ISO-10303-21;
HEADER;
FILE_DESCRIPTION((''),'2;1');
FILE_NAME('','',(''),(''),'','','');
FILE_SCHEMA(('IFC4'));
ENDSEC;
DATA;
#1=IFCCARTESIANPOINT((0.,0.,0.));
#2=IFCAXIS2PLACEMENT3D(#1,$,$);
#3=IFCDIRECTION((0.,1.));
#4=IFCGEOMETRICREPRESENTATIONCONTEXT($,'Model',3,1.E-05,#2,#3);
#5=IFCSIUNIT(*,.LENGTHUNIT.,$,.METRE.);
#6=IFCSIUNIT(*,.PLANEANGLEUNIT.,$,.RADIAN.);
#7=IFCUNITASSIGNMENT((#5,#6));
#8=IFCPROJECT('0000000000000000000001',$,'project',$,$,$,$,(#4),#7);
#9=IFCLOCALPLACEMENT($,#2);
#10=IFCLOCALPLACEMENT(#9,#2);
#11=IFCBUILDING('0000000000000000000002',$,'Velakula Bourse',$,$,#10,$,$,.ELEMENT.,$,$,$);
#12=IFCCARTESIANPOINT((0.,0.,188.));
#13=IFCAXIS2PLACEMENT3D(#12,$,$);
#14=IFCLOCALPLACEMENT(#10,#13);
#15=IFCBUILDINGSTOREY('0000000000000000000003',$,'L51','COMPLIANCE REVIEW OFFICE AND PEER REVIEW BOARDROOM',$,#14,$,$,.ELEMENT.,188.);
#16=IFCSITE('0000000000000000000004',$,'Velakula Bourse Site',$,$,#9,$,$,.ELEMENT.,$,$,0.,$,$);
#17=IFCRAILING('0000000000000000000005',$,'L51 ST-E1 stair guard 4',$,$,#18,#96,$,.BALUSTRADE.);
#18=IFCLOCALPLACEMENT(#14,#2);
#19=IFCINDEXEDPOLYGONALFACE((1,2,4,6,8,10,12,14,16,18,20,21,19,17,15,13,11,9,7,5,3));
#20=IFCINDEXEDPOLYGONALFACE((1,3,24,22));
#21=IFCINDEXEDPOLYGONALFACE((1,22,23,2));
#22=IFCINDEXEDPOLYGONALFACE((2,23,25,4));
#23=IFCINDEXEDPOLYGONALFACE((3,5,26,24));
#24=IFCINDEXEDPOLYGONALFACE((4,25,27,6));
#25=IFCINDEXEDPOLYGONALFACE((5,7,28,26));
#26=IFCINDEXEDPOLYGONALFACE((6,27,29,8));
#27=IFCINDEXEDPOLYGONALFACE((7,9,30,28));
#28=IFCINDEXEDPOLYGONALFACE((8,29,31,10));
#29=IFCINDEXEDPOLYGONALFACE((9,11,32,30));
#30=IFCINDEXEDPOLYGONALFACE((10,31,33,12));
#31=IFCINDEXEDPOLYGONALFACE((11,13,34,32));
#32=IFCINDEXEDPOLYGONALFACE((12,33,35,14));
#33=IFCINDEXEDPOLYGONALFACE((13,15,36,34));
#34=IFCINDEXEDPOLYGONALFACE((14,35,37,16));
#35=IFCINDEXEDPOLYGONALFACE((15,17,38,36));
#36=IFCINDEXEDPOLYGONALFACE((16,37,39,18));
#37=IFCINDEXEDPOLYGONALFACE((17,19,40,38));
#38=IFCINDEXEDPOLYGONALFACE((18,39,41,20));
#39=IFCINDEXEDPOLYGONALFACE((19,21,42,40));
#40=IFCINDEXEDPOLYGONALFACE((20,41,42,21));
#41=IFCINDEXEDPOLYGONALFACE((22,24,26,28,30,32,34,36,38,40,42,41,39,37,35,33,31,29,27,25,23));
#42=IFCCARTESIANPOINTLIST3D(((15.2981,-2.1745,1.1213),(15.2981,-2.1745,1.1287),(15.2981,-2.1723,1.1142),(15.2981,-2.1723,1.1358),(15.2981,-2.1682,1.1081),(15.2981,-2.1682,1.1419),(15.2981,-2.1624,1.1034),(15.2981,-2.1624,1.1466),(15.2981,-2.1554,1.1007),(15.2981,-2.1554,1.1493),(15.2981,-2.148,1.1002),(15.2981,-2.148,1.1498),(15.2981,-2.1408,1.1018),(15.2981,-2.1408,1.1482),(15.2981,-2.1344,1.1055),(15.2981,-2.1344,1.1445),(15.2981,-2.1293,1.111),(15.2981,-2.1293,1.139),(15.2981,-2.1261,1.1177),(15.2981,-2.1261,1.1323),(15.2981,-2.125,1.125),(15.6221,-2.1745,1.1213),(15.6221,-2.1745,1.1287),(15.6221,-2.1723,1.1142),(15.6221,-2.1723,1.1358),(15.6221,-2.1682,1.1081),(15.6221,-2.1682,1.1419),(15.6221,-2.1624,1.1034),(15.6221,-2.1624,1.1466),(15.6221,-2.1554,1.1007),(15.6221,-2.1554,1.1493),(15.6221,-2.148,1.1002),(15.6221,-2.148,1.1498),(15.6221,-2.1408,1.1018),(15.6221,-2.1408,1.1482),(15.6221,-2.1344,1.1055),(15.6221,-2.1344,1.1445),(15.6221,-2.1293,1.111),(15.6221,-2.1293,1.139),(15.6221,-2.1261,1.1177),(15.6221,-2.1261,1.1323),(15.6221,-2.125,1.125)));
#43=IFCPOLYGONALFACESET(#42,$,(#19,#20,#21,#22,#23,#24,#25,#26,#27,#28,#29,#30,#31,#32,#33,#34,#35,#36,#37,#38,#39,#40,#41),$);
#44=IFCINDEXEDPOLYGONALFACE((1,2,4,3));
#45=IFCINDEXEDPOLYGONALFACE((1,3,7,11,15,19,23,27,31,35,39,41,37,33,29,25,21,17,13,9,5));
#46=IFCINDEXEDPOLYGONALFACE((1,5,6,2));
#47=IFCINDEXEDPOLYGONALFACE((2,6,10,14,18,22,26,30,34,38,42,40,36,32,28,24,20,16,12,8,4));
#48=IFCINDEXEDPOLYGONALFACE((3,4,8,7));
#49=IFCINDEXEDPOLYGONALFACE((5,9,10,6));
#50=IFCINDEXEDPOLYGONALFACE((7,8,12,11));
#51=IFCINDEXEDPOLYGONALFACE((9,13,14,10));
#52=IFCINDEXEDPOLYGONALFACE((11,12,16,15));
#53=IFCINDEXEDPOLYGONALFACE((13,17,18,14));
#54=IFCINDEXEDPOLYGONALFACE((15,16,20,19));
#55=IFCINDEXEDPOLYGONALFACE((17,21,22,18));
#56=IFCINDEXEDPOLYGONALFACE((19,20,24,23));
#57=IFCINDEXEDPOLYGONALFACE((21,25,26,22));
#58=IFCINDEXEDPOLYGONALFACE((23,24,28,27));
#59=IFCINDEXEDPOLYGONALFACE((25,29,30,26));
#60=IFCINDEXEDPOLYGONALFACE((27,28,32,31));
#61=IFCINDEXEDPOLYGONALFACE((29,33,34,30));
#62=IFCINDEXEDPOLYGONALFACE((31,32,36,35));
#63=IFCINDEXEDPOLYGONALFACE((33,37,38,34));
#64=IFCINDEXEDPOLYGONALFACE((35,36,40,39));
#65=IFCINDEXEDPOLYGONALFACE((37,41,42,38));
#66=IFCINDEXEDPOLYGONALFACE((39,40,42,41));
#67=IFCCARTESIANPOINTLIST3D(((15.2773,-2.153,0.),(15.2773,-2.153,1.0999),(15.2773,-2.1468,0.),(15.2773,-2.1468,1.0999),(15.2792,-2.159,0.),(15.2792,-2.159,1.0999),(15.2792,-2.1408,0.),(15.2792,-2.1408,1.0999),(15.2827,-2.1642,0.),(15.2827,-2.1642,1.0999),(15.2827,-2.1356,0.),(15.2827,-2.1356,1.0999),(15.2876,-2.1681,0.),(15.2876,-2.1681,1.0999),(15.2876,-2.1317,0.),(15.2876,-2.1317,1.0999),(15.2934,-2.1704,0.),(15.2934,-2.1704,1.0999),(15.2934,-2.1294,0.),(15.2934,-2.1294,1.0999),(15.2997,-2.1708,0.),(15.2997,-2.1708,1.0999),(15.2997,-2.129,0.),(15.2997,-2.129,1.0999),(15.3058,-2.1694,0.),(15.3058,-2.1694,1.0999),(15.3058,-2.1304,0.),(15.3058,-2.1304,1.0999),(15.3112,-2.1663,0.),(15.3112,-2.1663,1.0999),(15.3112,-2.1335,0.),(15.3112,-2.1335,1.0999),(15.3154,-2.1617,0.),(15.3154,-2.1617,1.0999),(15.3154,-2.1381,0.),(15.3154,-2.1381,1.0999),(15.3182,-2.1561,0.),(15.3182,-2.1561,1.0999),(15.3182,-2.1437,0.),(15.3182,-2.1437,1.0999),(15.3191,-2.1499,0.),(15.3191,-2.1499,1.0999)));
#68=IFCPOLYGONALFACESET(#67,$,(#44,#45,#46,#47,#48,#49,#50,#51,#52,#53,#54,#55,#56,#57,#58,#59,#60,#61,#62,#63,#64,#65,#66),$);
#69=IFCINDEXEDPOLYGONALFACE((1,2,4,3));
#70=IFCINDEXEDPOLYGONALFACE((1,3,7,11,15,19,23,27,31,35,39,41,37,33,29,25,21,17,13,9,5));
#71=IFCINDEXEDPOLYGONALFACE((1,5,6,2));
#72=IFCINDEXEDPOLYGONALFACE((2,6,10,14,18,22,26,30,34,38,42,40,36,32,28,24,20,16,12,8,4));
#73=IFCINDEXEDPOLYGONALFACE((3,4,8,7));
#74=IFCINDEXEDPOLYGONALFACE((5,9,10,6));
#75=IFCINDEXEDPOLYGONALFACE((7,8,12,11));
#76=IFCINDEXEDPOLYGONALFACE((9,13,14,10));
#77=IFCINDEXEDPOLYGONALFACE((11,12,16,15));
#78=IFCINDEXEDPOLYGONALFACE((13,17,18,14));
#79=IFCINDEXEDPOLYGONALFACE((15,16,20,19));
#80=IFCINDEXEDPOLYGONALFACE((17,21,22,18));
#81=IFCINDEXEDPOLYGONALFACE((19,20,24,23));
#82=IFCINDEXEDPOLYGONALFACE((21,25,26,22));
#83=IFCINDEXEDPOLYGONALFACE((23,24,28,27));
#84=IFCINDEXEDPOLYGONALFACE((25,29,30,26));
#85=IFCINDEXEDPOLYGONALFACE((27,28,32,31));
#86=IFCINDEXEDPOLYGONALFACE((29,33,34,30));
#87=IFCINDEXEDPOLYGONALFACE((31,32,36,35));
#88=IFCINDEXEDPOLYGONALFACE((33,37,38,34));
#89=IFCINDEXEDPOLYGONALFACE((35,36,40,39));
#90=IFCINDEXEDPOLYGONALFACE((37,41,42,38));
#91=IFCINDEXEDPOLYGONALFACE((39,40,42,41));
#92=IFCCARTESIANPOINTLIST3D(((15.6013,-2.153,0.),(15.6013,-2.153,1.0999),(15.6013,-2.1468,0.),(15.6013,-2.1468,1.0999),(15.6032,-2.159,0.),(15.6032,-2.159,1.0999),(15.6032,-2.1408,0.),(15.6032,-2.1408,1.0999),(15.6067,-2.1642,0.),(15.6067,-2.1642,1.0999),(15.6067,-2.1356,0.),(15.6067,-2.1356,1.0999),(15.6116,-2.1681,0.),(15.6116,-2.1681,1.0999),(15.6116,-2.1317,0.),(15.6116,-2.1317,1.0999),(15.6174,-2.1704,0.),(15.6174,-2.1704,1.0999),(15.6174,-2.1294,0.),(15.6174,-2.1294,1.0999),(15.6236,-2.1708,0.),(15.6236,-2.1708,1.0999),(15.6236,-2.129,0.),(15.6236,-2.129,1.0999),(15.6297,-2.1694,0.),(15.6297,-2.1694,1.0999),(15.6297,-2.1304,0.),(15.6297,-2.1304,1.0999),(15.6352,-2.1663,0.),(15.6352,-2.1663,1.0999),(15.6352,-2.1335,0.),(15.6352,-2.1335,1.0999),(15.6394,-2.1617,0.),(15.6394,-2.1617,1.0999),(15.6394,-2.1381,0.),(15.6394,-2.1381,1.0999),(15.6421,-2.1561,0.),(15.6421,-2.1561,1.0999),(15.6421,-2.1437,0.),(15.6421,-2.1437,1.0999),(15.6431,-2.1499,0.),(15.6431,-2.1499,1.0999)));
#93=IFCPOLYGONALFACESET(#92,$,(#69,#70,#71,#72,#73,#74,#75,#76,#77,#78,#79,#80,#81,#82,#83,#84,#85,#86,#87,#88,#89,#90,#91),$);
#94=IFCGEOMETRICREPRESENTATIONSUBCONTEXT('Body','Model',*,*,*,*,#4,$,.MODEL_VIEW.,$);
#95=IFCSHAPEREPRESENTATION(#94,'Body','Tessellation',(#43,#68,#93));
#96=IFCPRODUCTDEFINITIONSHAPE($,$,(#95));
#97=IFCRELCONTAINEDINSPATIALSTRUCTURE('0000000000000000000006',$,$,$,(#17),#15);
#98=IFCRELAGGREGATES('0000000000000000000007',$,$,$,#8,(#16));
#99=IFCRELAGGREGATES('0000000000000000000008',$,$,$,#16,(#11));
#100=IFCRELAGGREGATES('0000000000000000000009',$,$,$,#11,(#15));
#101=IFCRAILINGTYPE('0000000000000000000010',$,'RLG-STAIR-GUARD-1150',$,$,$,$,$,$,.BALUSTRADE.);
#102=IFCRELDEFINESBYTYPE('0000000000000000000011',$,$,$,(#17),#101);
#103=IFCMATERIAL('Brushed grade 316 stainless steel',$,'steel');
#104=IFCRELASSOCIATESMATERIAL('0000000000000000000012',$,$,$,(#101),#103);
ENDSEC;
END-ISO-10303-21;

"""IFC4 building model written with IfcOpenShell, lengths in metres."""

from ifc_helpers import new_model, si_unit, direction, frame, origin, origin_2d, place, context, subcontext, project, spatial, circle, extrude, material, type_object, element, save


model = new_model("IFC4")

# Units and contexts
model_context = context("Model", 3, precision=1e-05, world=origin(), true_north=direction((0.0, 1.0)))
body_context = subcontext(model_context, "Body", "Model", "MODEL_VIEW")
ifc_project = project(units=[si_unit("LENGTHUNIT", "METRE"), si_unit("PLANEANGLEUNIT", "RADIAN")], contexts=[model_context])

# Site, building, storey
site_placement = place(None, origin())
site = spatial("IfcSite", under=ifc_project, at=site_placement, Name="Velakula Bourse Site", CompositionType="ELEMENT", RefElevation=0.0)
building_placement = place(site_placement, origin())
building = spatial("IfcBuilding", under=site, at=building_placement, Name="Velakula Bourse", CompositionType="ELEMENT")
storey_placement = place(building_placement, frame((0.0, 0.0, 188.0)))
storey = spatial("IfcBuildingStorey", under=building, at=storey_placement, Name="L51", Description="COMPLIANCE REVIEW OFFICE AND PEER REVIEW BOARDROOM", CompositionType="ELEMENT", Elevation=188.0)

# Shared definitions
ifc_material_1 = material(Name="Brushed grade 316 stainless steel", Category="steel")

# Railing
railing_type_1 = type_object("IfcRailingType", Name="RLG-STAIR-GUARD-1150", PredefinedType="BALUSTRADE", material=ifc_material_1)
railing_1_placement = place(storey_placement, frame((15.2981, -2.1499, 0.0)))
element("IfcRailing", 1, at=railing_1_placement, inside=storey, type_object=railing_type_1, Name="L51 ST-E1 stair guard 4", PredefinedType="BALUSTRADE", context=body_context, shape_type="SweptSolid", body=[
    extrude(circle(Radius=0.0249, at=origin_2d()), frame((0.0, 0.0, 1.125), z_axis=(1.0, 0.0, 0.0), x_axis=(0.0, 1.0, 0.0)), (0.0, 0.0, 1.0), 0.324),
    extrude(circle(Radius=0.021, at=origin_2d()), origin(), (0.0, 0.0, 1.0), 1.0999),
    extrude(circle(Radius=0.021, at=origin_2d()), frame((0.324, 0.0, 0.0)), (0.0, 0.0, 1.0), 1.0999),
])

save(model, "model.ifc")
